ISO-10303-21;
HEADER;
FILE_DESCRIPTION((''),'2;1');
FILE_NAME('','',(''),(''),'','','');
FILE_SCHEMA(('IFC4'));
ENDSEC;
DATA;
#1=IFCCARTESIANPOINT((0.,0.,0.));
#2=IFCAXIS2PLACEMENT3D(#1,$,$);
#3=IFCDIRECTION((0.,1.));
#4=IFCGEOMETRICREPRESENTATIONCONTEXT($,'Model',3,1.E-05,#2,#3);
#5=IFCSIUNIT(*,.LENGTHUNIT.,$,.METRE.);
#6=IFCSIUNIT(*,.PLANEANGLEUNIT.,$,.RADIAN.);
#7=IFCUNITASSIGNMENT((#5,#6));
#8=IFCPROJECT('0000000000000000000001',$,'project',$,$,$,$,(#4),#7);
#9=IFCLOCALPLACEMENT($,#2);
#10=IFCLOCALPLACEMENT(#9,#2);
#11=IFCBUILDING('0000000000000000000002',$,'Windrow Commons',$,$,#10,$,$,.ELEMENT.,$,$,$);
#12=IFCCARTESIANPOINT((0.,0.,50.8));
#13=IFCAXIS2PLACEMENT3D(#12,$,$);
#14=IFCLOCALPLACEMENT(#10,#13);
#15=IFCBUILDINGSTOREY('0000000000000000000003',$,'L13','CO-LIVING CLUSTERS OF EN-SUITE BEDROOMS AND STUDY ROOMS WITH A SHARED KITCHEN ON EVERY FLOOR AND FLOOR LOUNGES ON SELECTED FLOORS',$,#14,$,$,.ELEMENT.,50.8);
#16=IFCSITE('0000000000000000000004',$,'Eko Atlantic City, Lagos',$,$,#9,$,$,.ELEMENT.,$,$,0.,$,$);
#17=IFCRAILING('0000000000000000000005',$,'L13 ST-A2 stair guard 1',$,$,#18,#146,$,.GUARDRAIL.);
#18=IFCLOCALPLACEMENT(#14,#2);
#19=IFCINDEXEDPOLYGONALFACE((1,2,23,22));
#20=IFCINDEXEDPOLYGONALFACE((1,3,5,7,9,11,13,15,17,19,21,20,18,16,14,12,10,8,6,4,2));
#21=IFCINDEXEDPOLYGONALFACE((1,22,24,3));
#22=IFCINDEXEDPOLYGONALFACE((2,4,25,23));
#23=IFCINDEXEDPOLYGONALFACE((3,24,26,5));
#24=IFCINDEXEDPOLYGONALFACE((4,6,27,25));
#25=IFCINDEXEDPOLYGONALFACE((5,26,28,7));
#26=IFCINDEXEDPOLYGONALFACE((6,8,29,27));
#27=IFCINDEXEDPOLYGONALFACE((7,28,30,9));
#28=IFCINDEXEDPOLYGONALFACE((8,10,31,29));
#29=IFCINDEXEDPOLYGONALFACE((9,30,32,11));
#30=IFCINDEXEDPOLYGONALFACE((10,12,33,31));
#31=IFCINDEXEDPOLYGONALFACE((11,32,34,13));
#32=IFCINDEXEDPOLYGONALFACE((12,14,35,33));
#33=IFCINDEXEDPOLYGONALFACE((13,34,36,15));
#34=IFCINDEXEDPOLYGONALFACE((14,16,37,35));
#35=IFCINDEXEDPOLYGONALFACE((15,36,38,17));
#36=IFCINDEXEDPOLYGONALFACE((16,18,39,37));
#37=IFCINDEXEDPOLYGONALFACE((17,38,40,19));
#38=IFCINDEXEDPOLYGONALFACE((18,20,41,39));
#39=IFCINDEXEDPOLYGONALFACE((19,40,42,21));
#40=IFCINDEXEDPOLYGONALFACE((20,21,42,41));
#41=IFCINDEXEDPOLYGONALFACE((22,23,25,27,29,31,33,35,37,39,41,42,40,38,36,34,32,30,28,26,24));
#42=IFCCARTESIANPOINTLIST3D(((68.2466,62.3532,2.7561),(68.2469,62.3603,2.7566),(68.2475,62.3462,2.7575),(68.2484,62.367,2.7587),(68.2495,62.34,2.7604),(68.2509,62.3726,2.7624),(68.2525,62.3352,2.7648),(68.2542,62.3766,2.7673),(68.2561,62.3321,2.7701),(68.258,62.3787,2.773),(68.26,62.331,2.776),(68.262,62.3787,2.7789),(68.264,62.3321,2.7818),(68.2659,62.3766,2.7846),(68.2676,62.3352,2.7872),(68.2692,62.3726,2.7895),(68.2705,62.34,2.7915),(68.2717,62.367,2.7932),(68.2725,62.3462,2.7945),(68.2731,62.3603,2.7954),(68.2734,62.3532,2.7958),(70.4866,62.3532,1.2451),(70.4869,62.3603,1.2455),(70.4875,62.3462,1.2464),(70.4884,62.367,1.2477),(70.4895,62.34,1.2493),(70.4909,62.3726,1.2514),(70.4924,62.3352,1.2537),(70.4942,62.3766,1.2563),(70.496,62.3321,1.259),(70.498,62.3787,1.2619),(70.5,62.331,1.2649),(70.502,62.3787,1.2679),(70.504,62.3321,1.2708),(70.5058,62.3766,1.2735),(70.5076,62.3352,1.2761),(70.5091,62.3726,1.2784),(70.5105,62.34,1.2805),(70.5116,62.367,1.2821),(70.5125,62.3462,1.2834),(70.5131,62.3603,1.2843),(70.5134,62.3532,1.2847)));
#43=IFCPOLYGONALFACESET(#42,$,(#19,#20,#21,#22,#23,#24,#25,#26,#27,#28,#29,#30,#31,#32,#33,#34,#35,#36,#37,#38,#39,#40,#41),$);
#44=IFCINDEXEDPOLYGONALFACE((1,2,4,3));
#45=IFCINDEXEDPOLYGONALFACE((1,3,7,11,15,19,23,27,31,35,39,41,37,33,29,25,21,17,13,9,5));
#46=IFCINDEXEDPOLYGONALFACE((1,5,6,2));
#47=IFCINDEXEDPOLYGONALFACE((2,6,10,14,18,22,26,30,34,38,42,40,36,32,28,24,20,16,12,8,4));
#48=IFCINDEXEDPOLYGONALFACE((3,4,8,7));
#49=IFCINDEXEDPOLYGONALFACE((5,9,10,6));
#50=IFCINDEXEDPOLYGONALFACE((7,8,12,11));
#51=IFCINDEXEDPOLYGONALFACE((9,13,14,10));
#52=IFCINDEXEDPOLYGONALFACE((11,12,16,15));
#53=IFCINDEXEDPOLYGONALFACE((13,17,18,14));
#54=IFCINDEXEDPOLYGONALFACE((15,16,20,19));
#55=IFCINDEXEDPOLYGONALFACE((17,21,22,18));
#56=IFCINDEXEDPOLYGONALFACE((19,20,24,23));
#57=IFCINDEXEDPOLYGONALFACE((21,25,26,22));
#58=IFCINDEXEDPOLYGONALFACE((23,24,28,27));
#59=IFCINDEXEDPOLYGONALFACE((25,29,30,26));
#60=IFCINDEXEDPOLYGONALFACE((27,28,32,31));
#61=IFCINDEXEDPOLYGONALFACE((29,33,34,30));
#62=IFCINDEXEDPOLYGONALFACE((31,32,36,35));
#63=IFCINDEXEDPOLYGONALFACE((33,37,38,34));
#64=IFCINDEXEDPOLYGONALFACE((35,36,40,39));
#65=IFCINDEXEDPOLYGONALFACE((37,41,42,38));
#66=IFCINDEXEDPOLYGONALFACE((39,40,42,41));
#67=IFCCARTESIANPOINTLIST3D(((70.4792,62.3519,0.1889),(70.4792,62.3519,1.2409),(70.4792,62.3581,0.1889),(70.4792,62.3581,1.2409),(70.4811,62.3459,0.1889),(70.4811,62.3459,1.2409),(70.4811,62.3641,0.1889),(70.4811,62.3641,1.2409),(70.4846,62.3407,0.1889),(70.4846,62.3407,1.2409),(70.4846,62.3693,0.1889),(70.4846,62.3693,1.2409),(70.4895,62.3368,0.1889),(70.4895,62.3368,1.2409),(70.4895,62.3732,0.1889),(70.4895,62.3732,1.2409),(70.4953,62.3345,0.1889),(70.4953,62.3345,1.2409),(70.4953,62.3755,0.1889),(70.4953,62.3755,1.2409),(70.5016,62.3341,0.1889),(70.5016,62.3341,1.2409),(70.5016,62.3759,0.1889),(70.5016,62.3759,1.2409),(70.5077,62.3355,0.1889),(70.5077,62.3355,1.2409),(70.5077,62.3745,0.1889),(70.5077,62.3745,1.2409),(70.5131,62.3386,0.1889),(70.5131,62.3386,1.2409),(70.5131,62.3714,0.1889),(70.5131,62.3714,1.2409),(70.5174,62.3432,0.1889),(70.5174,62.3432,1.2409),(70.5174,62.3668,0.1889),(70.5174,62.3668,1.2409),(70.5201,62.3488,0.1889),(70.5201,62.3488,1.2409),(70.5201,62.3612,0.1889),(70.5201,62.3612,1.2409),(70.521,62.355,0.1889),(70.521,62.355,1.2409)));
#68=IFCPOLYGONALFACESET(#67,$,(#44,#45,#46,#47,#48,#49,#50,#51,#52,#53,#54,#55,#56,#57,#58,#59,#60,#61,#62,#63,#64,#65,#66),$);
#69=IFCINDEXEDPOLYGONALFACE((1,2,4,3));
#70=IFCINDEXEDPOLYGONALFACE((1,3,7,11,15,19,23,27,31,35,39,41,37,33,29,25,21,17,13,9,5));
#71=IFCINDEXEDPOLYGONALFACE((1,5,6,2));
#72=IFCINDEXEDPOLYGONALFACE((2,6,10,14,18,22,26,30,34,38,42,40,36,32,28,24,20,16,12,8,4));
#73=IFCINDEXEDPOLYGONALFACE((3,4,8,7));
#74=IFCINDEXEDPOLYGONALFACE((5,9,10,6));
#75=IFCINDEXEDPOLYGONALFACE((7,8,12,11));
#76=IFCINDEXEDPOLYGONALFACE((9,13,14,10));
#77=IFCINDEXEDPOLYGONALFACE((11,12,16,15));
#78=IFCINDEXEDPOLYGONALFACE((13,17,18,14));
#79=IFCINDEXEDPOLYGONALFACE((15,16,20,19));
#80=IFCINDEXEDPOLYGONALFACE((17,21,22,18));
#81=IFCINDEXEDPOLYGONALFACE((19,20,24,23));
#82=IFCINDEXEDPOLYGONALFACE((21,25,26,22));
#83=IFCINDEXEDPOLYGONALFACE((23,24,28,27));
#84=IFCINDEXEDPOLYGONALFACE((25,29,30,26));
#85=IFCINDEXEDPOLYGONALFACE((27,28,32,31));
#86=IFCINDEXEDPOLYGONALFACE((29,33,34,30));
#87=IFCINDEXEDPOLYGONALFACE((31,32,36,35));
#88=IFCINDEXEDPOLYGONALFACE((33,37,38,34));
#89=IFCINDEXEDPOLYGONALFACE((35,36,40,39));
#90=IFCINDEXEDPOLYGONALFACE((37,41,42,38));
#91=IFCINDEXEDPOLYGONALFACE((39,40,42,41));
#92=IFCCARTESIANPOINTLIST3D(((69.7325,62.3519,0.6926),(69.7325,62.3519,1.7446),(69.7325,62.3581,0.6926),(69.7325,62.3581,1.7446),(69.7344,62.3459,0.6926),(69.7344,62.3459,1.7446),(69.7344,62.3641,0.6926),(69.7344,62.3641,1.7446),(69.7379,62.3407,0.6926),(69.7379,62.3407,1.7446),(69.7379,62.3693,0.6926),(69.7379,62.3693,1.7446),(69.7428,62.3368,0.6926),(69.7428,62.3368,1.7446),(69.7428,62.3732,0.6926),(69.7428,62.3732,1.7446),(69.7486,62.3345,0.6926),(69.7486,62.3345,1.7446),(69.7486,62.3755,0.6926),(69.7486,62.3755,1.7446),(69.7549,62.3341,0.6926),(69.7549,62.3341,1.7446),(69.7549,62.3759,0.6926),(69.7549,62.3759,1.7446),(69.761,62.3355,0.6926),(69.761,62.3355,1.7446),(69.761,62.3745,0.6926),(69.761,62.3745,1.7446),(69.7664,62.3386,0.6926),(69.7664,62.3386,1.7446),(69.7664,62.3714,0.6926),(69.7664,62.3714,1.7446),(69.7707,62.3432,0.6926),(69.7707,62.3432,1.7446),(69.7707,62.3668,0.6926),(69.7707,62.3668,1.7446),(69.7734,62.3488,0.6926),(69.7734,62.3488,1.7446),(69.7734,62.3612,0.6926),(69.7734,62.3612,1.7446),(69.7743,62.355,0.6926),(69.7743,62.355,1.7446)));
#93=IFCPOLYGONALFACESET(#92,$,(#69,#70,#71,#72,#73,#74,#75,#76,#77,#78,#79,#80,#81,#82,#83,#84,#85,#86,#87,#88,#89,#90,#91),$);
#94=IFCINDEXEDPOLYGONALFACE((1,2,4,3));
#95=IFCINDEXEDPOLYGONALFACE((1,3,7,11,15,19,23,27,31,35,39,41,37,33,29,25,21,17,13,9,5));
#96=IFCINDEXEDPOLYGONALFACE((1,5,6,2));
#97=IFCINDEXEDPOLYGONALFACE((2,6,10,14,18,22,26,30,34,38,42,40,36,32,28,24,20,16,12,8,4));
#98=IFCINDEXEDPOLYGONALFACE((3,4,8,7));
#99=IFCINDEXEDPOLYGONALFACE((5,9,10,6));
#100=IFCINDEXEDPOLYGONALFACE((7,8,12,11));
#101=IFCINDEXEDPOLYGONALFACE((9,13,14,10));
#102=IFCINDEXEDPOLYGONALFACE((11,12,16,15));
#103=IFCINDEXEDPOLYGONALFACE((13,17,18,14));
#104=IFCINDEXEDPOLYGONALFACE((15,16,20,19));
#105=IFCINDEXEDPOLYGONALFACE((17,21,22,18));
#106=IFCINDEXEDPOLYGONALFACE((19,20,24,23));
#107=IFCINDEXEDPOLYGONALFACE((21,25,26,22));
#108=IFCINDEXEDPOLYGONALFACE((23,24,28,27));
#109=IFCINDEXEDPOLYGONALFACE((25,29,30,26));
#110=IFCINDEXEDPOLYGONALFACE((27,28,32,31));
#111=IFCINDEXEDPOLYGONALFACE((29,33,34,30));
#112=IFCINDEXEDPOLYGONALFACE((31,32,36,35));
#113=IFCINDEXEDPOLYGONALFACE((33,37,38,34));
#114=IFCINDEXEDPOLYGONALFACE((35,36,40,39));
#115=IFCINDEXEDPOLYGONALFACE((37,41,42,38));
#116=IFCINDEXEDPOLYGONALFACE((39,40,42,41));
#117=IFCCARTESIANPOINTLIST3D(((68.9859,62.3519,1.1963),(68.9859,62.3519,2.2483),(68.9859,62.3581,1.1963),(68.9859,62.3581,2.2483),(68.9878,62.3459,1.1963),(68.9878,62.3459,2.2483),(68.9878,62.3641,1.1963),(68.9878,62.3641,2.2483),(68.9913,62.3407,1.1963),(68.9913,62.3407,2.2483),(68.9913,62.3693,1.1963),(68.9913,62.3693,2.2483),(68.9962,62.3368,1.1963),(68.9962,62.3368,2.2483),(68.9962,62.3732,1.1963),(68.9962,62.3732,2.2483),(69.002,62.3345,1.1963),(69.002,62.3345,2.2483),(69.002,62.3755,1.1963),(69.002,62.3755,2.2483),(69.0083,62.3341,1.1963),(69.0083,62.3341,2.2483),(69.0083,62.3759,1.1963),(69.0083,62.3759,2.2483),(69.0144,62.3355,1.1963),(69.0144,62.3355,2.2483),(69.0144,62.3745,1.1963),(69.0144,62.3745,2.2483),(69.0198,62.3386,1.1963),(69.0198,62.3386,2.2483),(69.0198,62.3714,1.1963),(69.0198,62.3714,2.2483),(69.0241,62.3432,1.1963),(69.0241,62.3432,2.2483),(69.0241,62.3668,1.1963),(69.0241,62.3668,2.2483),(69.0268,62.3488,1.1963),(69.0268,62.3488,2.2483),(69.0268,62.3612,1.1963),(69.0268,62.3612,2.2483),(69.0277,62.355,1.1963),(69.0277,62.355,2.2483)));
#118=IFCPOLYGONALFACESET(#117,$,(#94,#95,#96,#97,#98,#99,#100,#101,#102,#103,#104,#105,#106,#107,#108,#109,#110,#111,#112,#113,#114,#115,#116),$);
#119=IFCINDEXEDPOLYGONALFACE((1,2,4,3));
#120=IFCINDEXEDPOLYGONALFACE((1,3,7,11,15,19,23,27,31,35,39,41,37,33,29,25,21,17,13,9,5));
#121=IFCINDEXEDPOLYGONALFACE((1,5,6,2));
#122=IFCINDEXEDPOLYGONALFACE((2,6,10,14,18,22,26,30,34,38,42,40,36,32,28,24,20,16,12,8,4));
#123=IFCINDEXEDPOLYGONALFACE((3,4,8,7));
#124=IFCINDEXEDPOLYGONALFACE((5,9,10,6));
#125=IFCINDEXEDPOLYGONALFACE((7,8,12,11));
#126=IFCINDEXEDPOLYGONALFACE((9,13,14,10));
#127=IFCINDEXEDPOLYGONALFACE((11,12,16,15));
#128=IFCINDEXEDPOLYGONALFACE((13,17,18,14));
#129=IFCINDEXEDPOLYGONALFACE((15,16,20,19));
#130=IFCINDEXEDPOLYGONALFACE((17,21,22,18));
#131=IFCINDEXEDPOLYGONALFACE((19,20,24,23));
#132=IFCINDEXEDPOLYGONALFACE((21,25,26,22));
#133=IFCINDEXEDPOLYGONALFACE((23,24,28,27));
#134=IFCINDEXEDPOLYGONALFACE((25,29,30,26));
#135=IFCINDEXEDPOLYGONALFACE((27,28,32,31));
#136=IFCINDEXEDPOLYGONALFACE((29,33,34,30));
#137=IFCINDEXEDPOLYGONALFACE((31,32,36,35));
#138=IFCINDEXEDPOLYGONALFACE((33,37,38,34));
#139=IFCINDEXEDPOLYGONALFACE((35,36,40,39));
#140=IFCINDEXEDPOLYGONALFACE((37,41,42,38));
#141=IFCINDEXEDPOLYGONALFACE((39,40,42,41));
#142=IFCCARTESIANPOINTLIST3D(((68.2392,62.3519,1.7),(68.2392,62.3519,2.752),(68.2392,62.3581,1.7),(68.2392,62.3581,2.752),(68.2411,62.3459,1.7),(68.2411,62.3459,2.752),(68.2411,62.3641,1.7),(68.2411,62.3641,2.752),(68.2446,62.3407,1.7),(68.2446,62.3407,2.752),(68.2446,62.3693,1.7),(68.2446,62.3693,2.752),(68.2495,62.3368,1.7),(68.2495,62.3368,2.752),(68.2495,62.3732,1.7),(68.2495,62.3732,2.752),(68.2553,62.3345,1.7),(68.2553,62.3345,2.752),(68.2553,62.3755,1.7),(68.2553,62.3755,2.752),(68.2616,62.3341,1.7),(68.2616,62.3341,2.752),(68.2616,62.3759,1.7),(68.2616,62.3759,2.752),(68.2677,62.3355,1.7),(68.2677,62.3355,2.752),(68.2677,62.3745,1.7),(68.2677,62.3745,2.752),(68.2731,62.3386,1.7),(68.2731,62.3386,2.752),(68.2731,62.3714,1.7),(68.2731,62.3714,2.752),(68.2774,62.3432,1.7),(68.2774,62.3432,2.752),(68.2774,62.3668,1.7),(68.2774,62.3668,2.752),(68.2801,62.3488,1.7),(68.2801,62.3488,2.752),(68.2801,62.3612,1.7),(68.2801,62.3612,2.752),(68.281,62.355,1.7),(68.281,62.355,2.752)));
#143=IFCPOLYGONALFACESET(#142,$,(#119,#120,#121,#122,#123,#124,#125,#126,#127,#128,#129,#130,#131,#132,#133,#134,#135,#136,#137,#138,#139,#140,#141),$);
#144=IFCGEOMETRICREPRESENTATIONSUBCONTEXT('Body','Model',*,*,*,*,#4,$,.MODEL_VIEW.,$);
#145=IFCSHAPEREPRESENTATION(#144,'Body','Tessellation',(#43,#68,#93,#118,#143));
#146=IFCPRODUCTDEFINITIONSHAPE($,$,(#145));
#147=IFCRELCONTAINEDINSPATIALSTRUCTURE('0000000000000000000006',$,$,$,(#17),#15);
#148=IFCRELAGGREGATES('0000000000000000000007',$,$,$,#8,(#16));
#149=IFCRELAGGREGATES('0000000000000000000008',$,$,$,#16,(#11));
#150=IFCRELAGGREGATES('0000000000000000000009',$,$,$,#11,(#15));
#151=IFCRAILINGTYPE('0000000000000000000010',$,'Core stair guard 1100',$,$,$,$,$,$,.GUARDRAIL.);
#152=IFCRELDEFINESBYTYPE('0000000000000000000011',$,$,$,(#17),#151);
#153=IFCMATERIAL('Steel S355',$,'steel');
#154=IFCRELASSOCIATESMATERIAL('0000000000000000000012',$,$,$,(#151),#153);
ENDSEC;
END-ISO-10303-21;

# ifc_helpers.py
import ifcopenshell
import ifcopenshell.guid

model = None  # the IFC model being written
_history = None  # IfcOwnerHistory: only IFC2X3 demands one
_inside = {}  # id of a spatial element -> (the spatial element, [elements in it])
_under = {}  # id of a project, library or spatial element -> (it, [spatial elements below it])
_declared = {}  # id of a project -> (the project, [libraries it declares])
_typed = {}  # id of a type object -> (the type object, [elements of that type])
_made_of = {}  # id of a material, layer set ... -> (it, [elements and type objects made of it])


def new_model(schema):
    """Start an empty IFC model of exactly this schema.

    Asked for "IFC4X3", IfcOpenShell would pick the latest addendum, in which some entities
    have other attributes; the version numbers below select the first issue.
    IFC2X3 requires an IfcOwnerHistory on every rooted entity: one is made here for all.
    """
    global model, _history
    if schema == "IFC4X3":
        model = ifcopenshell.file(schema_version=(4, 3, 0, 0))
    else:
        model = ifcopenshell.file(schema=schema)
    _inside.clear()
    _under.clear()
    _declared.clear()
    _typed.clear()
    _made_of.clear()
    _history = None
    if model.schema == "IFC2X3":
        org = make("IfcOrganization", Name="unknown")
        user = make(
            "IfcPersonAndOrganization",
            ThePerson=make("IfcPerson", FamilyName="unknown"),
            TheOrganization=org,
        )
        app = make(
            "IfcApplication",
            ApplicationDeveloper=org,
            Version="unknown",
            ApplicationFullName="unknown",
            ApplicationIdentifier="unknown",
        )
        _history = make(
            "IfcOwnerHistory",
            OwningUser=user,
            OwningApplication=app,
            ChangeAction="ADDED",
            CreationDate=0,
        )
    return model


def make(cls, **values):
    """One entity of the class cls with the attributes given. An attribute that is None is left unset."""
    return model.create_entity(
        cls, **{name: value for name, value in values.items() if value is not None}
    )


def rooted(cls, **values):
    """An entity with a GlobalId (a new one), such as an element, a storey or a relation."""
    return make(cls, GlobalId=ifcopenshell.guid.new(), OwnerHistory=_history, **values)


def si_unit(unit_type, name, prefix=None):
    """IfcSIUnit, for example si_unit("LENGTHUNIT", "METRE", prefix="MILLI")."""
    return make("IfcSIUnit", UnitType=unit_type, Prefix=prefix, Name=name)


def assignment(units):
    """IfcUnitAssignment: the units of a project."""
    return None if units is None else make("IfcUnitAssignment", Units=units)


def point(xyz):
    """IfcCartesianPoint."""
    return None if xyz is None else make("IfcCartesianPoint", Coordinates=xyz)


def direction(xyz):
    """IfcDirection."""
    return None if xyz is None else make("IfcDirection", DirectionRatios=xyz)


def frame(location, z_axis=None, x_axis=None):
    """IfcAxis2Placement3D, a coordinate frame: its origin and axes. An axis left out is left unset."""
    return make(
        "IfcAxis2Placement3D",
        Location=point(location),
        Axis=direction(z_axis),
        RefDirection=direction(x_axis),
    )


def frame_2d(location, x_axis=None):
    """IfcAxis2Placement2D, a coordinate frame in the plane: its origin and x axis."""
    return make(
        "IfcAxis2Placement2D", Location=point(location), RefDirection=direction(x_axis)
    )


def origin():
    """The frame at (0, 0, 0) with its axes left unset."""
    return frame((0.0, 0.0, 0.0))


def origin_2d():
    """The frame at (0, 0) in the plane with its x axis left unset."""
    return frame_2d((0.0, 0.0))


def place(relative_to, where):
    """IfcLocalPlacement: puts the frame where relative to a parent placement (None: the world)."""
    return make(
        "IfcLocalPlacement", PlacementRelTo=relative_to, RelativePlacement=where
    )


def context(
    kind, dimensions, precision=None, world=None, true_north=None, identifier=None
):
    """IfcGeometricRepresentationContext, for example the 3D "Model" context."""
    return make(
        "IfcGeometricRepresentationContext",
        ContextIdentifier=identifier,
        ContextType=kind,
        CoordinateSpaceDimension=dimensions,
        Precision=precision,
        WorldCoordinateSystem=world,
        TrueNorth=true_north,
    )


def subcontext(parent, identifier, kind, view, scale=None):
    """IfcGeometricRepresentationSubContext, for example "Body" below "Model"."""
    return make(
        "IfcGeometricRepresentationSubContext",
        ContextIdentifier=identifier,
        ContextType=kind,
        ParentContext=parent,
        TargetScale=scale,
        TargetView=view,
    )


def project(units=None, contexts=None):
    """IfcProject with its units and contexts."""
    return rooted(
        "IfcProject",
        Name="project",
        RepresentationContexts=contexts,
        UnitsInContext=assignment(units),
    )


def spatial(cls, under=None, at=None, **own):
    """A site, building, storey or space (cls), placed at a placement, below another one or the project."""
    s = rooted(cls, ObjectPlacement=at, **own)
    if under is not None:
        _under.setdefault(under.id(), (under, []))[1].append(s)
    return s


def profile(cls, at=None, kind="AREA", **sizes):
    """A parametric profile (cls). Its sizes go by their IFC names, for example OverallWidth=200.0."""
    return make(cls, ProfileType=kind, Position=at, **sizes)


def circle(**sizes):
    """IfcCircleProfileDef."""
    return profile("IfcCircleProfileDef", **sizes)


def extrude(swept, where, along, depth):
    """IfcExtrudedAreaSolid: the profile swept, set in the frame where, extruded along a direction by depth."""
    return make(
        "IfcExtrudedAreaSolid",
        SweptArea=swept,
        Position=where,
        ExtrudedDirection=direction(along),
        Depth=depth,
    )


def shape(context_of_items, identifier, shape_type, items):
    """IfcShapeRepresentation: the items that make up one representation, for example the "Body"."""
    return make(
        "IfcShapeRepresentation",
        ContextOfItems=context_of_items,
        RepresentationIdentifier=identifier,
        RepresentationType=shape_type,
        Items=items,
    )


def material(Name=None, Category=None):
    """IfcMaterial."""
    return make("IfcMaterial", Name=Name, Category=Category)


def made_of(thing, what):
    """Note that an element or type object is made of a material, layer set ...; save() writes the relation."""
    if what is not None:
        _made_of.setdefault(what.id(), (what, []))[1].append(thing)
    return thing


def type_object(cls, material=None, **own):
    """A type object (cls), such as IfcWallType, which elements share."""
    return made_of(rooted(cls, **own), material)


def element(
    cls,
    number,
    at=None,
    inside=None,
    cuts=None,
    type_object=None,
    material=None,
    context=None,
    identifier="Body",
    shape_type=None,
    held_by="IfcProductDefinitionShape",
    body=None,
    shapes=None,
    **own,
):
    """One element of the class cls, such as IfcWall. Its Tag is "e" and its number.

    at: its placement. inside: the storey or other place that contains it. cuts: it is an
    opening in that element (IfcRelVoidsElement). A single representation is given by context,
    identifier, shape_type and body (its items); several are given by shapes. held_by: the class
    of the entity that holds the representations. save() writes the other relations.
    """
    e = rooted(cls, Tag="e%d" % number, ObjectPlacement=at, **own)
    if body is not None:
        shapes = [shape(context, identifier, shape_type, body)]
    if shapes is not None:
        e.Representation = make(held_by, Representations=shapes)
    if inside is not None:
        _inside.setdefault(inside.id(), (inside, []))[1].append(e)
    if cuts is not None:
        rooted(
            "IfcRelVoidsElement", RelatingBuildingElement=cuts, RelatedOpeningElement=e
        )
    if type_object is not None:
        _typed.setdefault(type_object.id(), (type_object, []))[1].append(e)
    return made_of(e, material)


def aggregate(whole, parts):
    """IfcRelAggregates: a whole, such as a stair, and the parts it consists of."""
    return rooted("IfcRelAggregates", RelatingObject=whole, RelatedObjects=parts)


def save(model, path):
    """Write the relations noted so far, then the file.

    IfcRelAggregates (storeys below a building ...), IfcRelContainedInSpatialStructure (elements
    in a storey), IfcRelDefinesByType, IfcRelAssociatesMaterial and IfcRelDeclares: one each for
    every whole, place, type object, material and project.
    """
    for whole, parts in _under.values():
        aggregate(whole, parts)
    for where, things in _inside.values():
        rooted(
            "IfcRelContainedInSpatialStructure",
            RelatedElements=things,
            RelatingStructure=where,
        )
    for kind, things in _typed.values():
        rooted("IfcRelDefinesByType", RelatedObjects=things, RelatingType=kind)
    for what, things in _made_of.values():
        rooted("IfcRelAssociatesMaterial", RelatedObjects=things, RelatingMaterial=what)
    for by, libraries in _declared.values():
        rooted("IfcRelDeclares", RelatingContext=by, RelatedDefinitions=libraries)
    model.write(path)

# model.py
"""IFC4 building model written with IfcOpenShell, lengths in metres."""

from ifc_helpers import new_model, si_unit, direction, frame, origin, origin_2d, place, context, subcontext, project, spatial, circle, extrude, material, type_object, element, save


model = new_model("IFC4")

# Units and contexts
model_context = context("Model", 3, precision=1e-05, world=origin(), true_north=direction((0.0, 1.0)))
body_context = subcontext(model_context, "Body", "Model", "MODEL_VIEW")
ifc_project = project(units=[si_unit("LENGTHUNIT", "METRE"), si_unit("PLANEANGLEUNIT", "RADIAN")], contexts=[model_context])

# Site, building, storey
site_placement = place(None, origin())
site = spatial("IfcSite", under=ifc_project, at=site_placement, Name="Eko Atlantic City, Lagos", CompositionType="ELEMENT", RefElevation=0.0)
building_placement = place(site_placement, origin())
building = spatial("IfcBuilding", under=site, at=building_placement, Name="Windrow Commons", CompositionType="ELEMENT")
storey_placement = place(building_placement, frame((0.0, 0.0, 50.8)))
storey = spatial("IfcBuildingStorey", under=building, at=storey_placement, Name="L13", Description="CO-LIVING CLUSTERS OF EN-SUITE BEDROOMS AND STUDY ROOMS WITH A SHARED KITCHEN ON EVERY FLOOR AND FLOOR LOUNGES ON SELECTED FLOORS", CompositionType="ELEMENT", Elevation=50.8)

# Railing
ifc_material_1 = material(Name="Steel S355", Category="steel")
railing_type_1 = type_object("IfcRailingType", Name="Core stair guard 1100", PredefinedType="GUARDRAIL", material=ifc_material_1)
railing_1_placement = place(storey_placement, frame((70.5, 62.355, 0.1889)))
element("IfcRailing", 1, at=railing_1_placement, inside=storey, type_object=railing_type_1, Name="L13 ST-A2 stair guard 1", PredefinedType="GUARDRAIL", context=body_context, shape_type="SweptSolid", body=[
    extrude(circle(Radius=0.024, at=origin_2d()), frame((0.0, 0.0, 1.076), z_axis=(-0.829003, 0.0, 0.559244), x_axis=(0.0, -1.0, 0.0)), (0.0, 0.0, 1.0), 2.702),
    extrude(circle(Radius=0.021, at=origin_2d()), origin(), (0.0, 0.0, 1.0), 1.052),
    extrude(circle(Radius=0.021, at=origin_2d()), frame((-0.7467, 0.0, 0.5037)), (0.0, 0.0, 1.0), 1.052),
    extrude(circle(Radius=0.021, at=origin_2d()), frame((-1.4933, 0.0, 1.0074)), (0.0, 0.0, 1.0), 1.052),
    extrude(circle(Radius=0.021, at=origin_2d()), frame((-2.24, 0.0, 1.5111)), (0.0, 0.0, 1.0), 1.052),
])

save(model, "model.ifc")
